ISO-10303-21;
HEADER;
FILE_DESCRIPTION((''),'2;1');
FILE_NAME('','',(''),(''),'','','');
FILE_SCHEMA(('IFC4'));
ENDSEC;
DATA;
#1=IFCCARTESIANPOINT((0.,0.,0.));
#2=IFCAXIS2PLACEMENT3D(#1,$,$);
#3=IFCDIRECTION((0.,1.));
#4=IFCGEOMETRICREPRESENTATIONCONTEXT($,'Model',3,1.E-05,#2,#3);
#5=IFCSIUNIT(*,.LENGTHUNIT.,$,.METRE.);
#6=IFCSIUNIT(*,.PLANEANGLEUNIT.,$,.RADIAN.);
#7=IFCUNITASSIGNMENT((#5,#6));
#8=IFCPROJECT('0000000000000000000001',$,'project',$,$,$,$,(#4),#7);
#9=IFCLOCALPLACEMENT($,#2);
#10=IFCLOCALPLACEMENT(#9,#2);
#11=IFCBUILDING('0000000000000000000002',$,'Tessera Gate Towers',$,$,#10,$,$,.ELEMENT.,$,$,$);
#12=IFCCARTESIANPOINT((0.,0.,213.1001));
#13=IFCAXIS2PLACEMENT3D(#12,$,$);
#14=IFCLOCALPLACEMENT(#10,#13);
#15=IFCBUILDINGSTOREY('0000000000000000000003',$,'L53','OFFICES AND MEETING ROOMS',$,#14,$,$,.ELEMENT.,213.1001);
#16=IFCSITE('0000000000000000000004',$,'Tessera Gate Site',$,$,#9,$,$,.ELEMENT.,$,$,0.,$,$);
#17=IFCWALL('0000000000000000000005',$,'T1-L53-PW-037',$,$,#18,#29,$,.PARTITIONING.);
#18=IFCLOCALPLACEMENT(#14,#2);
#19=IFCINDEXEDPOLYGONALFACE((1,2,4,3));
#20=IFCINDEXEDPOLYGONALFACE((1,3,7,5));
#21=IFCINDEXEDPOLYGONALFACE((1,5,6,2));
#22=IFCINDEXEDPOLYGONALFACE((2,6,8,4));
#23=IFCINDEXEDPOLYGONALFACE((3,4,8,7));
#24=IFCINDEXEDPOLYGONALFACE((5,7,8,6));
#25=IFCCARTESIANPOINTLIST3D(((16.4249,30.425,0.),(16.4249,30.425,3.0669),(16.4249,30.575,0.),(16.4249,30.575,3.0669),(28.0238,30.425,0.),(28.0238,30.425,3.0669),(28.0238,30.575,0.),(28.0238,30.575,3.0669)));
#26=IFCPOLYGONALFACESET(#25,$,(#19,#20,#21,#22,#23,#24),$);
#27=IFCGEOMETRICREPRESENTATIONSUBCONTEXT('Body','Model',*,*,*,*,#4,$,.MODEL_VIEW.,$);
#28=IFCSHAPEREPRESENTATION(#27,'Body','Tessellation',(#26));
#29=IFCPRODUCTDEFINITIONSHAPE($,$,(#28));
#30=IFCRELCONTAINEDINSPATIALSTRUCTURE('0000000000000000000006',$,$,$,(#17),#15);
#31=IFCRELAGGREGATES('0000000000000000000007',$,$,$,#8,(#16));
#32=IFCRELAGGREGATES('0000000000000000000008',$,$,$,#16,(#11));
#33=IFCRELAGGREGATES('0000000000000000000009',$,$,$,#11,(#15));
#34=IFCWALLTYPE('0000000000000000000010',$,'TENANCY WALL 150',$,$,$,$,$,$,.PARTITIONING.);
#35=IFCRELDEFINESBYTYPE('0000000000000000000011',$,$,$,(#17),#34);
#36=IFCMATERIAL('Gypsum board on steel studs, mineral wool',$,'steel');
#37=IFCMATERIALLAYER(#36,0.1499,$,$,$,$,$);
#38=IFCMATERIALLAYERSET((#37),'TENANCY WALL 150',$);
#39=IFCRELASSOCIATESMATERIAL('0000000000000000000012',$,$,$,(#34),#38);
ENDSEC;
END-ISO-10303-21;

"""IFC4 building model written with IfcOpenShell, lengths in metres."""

from ifc_helpers import new_model, si_unit, direction, frame, frame_2d, origin, place, context, subcontext, project, spatial, rectangle, extrude, material, layer, layer_set, type_object, element, save


model = new_model("IFC4")

# Units and contexts
model_context = context("Model", 3, precision=1e-05, world=origin(), true_north=direction((0.0, 1.0)))
body_context = subcontext(model_context, "Body", "Model", "MODEL_VIEW")
ifc_project = project(units=[si_unit("LENGTHUNIT", "METRE"), si_unit("PLANEANGLEUNIT", "RADIAN")], contexts=[model_context])

# Site, building, storey
site_placement = place(None, origin())
site = spatial("IfcSite", under=ifc_project, at=site_placement, Name="Tessera Gate Site", CompositionType="ELEMENT", RefElevation=0.0)
building_placement = place(site_placement, origin())
building = spatial("IfcBuilding", under=site, at=building_placement, Name="Tessera Gate Towers", CompositionType="ELEMENT")
storey_placement = place(building_placement, frame((0.0, 0.0, 213.1001)))
storey = spatial("IfcBuildingStorey", under=building, at=storey_placement, Name="L53", Description="OFFICES AND MEETING ROOMS", CompositionType="ELEMENT", Elevation=213.1001)

# Wall
ifc_material_1 = material(Name="Gypsum board on steel studs, mineral wool", Category="steel")
ifc_layer_1 = layer(ifc_material_1, 0.1499)
ifc_layer_set_1 = layer_set([ifc_layer_1], Name="TENANCY WALL 150")
wall_type_1 = type_object("IfcWallType", Name="TENANCY WALL 150", PredefinedType="PARTITIONING", material=ifc_layer_set_1)
wall_1_placement = place(storey_placement, frame((16.425, 30.5, 0.0), z_axis=(0.0, 0.0, 1.0), x_axis=(1.0, 0.0, 0.0)))
element("IfcWall", 1, at=wall_1_placement, inside=storey, type_object=wall_type_1, Name="T1-L53-PW-037", PredefinedType="PARTITIONING", context=body_context, shape_type="SweptSolid", body=[
    extrude(rectangle(XDim=11.5989, YDim=0.1499, at=frame_2d((5.7993, 0.0))), origin(), (0.0, 0.0, 1.0), 3.0669),
])

save(model, "model.ifc")
